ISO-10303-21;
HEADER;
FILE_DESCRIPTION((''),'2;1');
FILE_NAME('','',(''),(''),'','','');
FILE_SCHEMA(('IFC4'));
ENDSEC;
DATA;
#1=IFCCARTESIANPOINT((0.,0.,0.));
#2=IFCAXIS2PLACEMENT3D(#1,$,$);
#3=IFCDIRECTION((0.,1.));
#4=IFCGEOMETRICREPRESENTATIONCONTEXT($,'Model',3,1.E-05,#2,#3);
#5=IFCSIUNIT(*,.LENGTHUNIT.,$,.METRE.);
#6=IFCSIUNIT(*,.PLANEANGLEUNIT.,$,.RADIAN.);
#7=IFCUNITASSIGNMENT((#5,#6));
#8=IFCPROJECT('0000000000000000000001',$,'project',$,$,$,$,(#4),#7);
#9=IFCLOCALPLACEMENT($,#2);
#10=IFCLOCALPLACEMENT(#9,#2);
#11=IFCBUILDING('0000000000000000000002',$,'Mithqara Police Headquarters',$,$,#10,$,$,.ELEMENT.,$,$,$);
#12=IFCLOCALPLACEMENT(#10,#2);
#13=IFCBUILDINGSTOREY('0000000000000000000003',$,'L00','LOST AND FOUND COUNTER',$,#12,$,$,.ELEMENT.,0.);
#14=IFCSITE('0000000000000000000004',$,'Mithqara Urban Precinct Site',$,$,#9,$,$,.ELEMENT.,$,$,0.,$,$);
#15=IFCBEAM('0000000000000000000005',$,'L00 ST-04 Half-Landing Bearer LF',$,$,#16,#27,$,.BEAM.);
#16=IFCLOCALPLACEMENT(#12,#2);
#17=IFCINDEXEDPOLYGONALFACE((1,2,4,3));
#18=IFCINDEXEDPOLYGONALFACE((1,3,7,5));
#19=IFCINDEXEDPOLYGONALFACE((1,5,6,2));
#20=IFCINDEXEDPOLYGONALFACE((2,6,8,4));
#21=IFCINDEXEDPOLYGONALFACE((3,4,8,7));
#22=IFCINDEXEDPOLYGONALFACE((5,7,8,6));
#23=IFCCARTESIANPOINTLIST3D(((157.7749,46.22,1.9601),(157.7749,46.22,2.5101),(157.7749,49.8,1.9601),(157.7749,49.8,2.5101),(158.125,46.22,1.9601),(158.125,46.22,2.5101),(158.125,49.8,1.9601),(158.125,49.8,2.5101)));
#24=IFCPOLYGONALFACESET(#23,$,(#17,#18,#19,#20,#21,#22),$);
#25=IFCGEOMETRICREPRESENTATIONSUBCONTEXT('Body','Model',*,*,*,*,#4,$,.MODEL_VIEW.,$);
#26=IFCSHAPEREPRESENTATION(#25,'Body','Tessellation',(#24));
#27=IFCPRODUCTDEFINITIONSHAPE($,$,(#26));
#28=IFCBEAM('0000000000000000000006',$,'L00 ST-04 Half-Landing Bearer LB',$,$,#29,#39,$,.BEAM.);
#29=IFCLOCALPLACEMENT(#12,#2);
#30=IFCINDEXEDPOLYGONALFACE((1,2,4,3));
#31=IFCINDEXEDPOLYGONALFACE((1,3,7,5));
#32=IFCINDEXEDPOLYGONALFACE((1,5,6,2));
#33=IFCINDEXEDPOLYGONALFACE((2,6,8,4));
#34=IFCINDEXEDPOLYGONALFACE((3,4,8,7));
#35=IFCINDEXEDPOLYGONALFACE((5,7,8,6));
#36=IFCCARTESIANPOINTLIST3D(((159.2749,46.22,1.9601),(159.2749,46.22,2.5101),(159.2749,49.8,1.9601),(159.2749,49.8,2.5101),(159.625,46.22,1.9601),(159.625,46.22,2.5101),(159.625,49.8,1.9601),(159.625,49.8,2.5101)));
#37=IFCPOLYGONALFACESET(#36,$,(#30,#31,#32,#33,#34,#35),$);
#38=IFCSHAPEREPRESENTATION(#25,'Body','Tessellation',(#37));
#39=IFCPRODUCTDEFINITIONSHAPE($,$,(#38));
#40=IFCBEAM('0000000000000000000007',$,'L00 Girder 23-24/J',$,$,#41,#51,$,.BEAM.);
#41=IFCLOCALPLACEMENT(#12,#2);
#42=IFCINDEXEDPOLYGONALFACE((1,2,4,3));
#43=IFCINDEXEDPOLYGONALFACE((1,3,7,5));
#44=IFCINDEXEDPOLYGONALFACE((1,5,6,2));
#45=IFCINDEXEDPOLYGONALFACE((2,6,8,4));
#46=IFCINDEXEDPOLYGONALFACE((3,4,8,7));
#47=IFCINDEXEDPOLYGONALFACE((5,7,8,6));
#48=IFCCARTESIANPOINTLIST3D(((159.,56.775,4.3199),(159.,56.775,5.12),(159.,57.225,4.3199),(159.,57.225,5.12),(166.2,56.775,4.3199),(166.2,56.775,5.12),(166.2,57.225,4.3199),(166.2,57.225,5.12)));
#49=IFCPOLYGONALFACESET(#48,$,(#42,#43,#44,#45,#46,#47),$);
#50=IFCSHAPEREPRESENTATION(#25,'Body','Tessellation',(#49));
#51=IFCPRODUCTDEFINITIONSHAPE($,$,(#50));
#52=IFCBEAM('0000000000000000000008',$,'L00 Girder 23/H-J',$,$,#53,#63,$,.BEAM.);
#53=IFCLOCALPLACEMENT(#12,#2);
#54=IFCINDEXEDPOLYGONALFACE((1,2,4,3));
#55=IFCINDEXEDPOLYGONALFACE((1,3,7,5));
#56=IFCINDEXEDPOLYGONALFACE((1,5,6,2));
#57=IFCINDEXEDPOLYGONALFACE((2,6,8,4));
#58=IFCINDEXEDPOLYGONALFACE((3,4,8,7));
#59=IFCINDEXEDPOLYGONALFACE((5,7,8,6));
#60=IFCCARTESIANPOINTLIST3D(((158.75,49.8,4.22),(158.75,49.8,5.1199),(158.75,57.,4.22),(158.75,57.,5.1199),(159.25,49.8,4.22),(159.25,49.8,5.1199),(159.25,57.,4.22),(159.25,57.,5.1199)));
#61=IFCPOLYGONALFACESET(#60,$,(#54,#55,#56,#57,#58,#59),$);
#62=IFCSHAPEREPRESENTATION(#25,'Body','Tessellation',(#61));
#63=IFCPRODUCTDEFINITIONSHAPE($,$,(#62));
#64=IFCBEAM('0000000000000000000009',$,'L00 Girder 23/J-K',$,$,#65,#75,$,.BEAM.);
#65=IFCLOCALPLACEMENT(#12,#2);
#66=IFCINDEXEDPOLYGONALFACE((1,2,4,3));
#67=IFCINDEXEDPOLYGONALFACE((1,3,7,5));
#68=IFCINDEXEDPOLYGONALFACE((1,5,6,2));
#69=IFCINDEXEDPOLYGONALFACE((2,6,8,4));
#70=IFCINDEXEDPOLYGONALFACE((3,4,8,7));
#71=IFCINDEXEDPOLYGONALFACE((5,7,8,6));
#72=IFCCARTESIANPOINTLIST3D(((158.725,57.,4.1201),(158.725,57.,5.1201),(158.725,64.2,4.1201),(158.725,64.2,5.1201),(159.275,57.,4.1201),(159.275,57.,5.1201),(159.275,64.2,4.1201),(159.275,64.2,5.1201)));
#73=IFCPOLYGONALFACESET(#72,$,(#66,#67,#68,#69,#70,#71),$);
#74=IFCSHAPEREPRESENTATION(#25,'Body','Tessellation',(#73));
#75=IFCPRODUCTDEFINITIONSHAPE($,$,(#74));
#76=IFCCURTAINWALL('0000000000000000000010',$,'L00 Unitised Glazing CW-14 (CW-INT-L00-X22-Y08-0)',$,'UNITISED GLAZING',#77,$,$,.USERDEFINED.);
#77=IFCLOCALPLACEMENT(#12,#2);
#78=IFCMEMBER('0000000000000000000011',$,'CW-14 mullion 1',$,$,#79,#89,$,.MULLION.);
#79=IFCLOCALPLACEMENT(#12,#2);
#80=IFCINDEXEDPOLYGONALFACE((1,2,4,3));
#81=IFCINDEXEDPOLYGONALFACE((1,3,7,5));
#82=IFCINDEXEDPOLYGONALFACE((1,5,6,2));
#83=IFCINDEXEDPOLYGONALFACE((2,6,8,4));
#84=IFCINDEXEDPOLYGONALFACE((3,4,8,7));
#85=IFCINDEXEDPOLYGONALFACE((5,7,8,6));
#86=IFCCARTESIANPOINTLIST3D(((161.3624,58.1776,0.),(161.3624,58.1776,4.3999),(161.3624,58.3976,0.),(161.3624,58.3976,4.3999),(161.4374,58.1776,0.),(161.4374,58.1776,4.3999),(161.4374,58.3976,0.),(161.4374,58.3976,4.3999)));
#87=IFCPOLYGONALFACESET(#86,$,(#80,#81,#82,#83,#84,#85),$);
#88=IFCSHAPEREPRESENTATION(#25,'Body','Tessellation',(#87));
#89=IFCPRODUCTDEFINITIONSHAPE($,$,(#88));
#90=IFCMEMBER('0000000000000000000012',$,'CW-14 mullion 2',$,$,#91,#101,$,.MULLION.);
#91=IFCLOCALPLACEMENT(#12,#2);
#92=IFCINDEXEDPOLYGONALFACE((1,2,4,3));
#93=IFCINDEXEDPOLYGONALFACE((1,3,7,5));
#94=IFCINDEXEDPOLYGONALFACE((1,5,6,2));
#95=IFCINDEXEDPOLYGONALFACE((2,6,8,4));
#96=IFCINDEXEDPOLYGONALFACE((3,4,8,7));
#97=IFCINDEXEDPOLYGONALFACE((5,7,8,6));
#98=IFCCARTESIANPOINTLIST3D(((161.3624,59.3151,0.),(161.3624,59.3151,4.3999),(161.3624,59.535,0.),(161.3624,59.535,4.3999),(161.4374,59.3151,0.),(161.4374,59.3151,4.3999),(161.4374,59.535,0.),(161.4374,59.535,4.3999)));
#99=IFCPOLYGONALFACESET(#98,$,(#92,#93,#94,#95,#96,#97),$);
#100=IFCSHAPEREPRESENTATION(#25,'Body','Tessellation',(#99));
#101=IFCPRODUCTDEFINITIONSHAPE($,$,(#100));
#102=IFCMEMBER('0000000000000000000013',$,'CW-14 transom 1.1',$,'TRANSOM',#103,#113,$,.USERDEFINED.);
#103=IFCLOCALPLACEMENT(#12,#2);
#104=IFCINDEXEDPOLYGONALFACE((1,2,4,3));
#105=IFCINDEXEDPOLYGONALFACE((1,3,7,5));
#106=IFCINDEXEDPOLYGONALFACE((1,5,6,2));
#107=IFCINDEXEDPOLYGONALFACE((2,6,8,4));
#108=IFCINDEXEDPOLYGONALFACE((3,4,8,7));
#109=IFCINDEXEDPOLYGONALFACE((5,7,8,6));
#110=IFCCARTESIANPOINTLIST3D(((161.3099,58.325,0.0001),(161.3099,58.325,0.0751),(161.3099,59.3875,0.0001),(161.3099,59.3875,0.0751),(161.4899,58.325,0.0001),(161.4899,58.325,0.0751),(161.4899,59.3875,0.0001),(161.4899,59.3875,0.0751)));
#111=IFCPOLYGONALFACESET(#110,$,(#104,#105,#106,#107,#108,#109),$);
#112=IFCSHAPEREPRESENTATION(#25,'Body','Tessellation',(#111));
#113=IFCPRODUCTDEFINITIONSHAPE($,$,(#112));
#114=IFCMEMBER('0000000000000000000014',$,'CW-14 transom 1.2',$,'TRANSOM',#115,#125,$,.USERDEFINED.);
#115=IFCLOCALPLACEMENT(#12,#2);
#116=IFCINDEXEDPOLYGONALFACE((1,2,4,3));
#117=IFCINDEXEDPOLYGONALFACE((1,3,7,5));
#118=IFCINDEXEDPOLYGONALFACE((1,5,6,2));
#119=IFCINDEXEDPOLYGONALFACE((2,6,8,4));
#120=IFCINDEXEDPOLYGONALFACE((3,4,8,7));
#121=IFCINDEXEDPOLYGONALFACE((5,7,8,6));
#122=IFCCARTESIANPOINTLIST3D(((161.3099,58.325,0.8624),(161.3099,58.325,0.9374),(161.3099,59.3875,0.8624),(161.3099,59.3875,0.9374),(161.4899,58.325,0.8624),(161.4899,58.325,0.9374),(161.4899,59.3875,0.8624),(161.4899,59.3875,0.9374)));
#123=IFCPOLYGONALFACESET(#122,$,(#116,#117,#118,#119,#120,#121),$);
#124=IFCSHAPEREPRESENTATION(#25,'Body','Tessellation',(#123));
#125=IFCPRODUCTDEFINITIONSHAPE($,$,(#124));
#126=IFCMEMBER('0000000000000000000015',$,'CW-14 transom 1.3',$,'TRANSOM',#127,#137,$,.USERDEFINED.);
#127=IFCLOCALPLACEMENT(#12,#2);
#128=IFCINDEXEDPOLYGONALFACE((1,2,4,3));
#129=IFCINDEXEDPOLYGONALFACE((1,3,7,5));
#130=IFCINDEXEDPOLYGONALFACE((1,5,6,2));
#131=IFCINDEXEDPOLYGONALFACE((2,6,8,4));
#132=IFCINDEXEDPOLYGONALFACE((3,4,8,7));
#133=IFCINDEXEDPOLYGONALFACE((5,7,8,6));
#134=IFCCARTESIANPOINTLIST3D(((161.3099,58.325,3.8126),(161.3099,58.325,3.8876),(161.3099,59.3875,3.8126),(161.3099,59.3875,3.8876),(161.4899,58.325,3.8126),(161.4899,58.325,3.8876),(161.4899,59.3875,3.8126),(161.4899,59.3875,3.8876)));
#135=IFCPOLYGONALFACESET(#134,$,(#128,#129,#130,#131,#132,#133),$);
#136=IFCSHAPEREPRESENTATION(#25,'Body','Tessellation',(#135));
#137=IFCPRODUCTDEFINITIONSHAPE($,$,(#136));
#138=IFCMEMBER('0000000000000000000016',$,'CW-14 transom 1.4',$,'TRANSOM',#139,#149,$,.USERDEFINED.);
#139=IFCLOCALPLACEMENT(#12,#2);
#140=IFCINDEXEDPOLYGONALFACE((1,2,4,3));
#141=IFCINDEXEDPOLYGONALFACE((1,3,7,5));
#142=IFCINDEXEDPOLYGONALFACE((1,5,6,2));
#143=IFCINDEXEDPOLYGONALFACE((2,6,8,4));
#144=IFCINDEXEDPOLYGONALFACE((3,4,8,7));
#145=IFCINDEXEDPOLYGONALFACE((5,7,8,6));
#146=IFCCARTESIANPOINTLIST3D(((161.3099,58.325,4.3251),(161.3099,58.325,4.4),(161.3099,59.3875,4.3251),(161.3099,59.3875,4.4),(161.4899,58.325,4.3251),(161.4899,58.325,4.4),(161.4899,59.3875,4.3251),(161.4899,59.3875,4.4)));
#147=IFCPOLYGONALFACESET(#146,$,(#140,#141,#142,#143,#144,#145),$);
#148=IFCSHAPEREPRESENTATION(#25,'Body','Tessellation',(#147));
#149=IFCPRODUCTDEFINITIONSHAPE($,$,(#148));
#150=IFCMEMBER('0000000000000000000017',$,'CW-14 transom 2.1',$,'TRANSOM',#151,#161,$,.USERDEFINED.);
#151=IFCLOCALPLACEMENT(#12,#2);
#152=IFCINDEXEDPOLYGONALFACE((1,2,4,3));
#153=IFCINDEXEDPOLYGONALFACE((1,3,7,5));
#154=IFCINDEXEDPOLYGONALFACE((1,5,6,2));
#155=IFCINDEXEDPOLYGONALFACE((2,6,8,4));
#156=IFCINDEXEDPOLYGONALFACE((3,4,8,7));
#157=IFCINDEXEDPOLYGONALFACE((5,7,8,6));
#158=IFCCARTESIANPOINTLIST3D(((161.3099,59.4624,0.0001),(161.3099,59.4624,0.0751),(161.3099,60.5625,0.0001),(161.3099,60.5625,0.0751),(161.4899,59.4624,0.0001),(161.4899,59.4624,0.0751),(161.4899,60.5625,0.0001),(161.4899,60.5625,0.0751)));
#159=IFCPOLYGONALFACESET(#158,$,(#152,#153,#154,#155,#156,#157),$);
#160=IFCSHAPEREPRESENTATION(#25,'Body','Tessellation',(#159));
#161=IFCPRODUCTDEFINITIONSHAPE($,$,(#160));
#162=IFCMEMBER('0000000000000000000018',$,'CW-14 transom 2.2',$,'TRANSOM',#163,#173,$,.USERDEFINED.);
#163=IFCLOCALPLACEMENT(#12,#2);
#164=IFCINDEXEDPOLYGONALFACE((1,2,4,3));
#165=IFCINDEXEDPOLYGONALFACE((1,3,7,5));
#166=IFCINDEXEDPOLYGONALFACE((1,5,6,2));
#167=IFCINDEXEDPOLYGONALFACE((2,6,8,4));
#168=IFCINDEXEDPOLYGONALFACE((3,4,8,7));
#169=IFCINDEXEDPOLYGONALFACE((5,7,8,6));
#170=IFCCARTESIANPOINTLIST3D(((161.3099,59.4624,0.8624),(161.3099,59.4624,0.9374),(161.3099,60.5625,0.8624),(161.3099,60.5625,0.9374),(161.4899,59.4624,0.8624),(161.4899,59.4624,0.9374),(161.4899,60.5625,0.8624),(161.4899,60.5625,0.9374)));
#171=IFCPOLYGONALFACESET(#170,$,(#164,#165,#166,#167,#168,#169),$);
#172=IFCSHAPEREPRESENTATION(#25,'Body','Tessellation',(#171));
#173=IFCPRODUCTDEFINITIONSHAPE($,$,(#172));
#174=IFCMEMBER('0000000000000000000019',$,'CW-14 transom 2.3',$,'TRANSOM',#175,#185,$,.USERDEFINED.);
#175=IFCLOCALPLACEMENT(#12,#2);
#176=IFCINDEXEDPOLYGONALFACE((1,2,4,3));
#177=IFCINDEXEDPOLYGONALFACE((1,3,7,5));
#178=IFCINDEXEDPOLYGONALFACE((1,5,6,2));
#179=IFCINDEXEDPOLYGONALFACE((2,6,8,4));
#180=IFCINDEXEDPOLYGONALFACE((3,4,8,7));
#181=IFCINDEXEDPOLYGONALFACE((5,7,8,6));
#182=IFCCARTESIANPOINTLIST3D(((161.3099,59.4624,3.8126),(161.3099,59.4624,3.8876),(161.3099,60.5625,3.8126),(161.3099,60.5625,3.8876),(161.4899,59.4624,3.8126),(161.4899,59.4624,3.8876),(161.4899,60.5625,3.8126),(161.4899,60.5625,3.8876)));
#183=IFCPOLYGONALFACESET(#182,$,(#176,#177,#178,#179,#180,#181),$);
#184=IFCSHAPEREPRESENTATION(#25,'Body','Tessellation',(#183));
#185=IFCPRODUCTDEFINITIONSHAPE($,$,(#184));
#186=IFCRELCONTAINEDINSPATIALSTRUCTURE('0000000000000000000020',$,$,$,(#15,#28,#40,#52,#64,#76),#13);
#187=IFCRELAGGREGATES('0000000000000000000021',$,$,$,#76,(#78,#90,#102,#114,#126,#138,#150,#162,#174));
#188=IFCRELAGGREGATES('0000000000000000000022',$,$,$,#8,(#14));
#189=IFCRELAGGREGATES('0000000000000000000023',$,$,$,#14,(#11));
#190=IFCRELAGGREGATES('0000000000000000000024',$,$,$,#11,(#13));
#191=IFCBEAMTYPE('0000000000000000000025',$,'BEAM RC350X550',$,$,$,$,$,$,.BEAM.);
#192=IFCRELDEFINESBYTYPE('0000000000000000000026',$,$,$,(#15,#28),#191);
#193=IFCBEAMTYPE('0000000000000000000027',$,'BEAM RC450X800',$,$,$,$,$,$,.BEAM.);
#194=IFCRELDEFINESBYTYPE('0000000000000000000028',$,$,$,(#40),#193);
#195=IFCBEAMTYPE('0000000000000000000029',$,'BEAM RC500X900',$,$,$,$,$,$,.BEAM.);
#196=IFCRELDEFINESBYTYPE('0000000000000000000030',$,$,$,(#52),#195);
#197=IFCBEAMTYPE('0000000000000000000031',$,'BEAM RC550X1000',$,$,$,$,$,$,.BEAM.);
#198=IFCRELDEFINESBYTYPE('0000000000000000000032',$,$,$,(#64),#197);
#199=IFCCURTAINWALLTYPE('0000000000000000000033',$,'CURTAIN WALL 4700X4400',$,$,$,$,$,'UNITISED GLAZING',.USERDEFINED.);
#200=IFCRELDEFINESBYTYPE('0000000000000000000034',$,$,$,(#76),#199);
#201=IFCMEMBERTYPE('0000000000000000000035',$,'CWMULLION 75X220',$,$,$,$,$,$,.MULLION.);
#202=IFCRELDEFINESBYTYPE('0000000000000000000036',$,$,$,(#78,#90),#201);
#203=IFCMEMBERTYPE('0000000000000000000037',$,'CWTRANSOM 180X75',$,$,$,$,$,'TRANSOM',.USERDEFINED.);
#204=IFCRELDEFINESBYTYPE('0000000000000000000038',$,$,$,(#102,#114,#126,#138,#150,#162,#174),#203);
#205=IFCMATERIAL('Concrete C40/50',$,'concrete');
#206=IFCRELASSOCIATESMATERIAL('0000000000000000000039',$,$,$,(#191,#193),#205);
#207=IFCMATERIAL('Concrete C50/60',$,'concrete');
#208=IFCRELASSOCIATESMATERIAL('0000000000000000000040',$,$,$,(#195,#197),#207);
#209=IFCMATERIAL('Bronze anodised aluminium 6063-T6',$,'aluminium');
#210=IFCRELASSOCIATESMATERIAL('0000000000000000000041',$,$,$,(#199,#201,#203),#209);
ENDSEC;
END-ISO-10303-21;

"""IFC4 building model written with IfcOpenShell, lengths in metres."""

from ifc_helpers import new_model, si_unit, direction, frame, origin, origin_2d, place, context, subcontext, project, spatial, rectangle, extrude, material, material_profile, profile_set, type_object, element, aggregate, save


model = new_model("IFC4")

# Units and contexts
model_context = context("Model", 3, precision=1e-05, world=origin(), true_north=direction((0.0, 1.0)))
body_context = subcontext(model_context, "Body", "Model", "MODEL_VIEW")
ifc_project = project(units=[si_unit("LENGTHUNIT", "METRE"), si_unit("PLANEANGLEUNIT", "RADIAN")], contexts=[model_context])

# Site, building, storey
site_placement = place(None, origin())
site = spatial("IfcSite", under=ifc_project, at=site_placement, Name="Mithqara Urban Precinct Site", CompositionType="ELEMENT", RefElevation=0.0)
building_placement = place(site_placement, origin())
building = spatial("IfcBuilding", under=site, at=building_placement, Name="Mithqara Police Headquarters", CompositionType="ELEMENT")
storey_placement = place(building_placement, origin())
storey = spatial("IfcBuildingStorey", under=building, at=storey_placement, Name="L00", Description="LOST AND FOUND COUNTER", CompositionType="ELEMENT", Elevation=0.0)

# Shared definitions
ifc_material_1 = material(Name="Concrete C50/60", Category="concrete")

# Beams
ifc_material_2 = material(Name="Concrete C40/50", Category="concrete")
ifc_material_profile_1 = material_profile(ifc_material_2, rectangle(XDim=0.3501, YDim=0.55, at=origin_2d()), Name="RC 350x550")
ifc_profile_set_1 = profile_set([ifc_material_profile_1], Name="Concrete C40/50")
beam_type_1 = type_object("IfcBeamType", Name="BEAM RC350X550", PredefinedType="BEAM", material=ifc_profile_set_1)
for number, where, z_axis, x_axis, name in (
    (1, (157.95, 46.22, 2.2351), (0.0, 1.0, 0.0), (-1.0, 0.0, 0.0), "L00 ST-04 Half-Landing Bearer LF"),
    (2, (159.45, 46.22, 2.2351), (0.0, 1.0, 0.0), (-1.0, 0.0, 0.0), "L00 ST-04 Half-Landing Bearer LB"),
):
    element("IfcBeam", number, at=place(storey_placement, frame(where, z_axis=z_axis, x_axis=x_axis)), inside=storey, type_object=beam_type_1, Name=name, PredefinedType="BEAM", context=body_context, shape_type="SweptSolid", body=[
        extrude(rectangle(XDim=0.3501, YDim=0.55, at=origin_2d()), origin(), (0.0, 0.0, 1.0), 3.5801),
    ])
ifc_material_profile_2 = material_profile(ifc_material_2, rectangle(XDim=0.45, YDim=0.8, at=origin_2d()), Name="RC 450x800")
ifc_profile_set_2 = profile_set([ifc_material_profile_2], Name="Concrete C40/50")
beam_type_2 = type_object("IfcBeamType", Name="BEAM RC450X800", PredefinedType="BEAM", material=ifc_profile_set_2)
beam_1_placement = place(storey_placement, frame((159.0, 57.0, 4.72), z_axis=(1.0, 0.0, 0.0), x_axis=(0.0, 1.0, 0.0)))
element("IfcBeam", 3, at=beam_1_placement, inside=storey, type_object=beam_type_2, Name="L00 Girder 23-24/J", PredefinedType="BEAM", context=body_context, shape_type="SweptSolid", body=[
    extrude(rectangle(XDim=0.45, YDim=0.8, at=origin_2d()), origin(), (0.0, 0.0, 1.0), 7.2),
])
ifc_material_profile_3 = material_profile(ifc_material_1, rectangle(XDim=0.5, YDim=0.8999, at=origin_2d()), Name="RC 500x900")
ifc_profile_set_3 = profile_set([ifc_material_profile_3], Name="Concrete C50/60")
beam_type_3 = type_object("IfcBeamType", Name="BEAM RC500X900", PredefinedType="BEAM", material=ifc_profile_set_3)
beam_2_placement = place(storey_placement, frame((159.0, 49.8, 4.6699), z_axis=(0.0, 1.0, 0.0), x_axis=(-1.0, 0.0, 0.0)))
element("IfcBeam", 4, at=beam_2_placement, inside=storey, type_object=beam_type_3, Name="L00 Girder 23/H-J", PredefinedType="BEAM", context=body_context, shape_type="SweptSolid", body=[
    extrude(rectangle(XDim=0.5, YDim=0.8999, at=origin_2d()), origin(), (0.0, 0.0, 1.0), 7.2),
])
ifc_material_profile_4 = material_profile(ifc_material_1, rectangle(XDim=0.55, YDim=1.0, at=origin_2d()), Name="RC 550x1000")
ifc_profile_set_4 = profile_set([ifc_material_profile_4], Name="Concrete C50/60")
beam_type_4 = type_object("IfcBeamType", Name="BEAM RC550X1000", PredefinedType="BEAM", material=ifc_profile_set_4)
beam_3_placement = place(storey_placement, frame((159.0, 57.0, 4.6201), z_axis=(0.0, 1.0, 0.0), x_axis=(-1.0, 0.0, 0.0)))
element("IfcBeam", 5, at=beam_3_placement, inside=storey, type_object=beam_type_4, Name="L00 Girder 23/J-K", PredefinedType="BEAM", context=body_context, shape_type="SweptSolid", body=[
    extrude(rectangle(XDim=0.55, YDim=1.0, at=origin_2d()), origin(), (0.0, 0.0, 1.0), 7.2),
])

# Curtain wall, members
ifc_material_3 = material(Name="Bronze anodised aluminium 6063-T6", Category="aluminium")
curtain_wall_type = type_object("IfcCurtainWallType", Name="CURTAIN WALL 4700X4400", ElementType="UNITISED GLAZING", PredefinedType="USERDEFINED", material=ifc_material_3)
curtain_wall_1_placement = place(storey_placement, origin())
curtain_wall_1 = element("IfcCurtainWall", 6, at=curtain_wall_1_placement, inside=storey, type_object=curtain_wall_type, Name="L00 Unitised Glazing CW-14 (CW-INT-L00-X22-Y08-0)", ObjectType="UNITISED GLAZING", PredefinedType="USERDEFINED")
ifc_material_profile_5 = material_profile(ifc_material_3, rectangle(XDim=0.075, YDim=0.22, at=origin_2d()), Name="CWM 75x220")
ifc_profile_set_5 = profile_set([ifc_material_profile_5], Name="Bronze anodised aluminium 6063-T6")
member_type_1 = type_object("IfcMemberType", Name="CWMULLION 75X220", PredefinedType="MULLION", material=ifc_profile_set_5)
member_1_placement = place(storey_placement, frame((161.3999, 58.2876, 0.0), z_axis=(0.0, 0.0, 1.0), x_axis=(-1.0, 0.0, 0.0)))
member_1 = element("IfcMember", 7, at=member_1_placement, type_object=member_type_1, Name="CW-14 mullion 1", PredefinedType="MULLION", context=body_context, shape_type="SweptSolid", body=[
    extrude(rectangle(XDim=0.075, YDim=0.22, at=origin_2d()), origin(), (0.0, 0.0, 1.0), 4.3999),
])
member_2_placement = place(storey_placement, frame((161.3999, 59.425, 0.0), z_axis=(0.0, 0.0, 1.0), x_axis=(-1.0, 0.0, 0.0)))
member_2 = element("IfcMember", 8, at=member_2_placement, type_object=member_type_1, Name="CW-14 mullion 2", PredefinedType="MULLION", context=body_context, shape_type="SweptSolid", body=[
    extrude(rectangle(XDim=0.075, YDim=0.22, at=origin_2d()), origin(), (0.0, 0.0, 1.0), 4.3999),
])
ifc_material_profile_6 = material_profile(ifc_material_3, rectangle(XDim=0.1799, YDim=0.075, at=origin_2d()), Name="CWT 180x75")
ifc_profile_set_6 = profile_set([ifc_material_profile_6], Name="Bronze anodised aluminium 6063-T6")
member_type_2 = type_object("IfcMemberType", Name="CWTRANSOM 180X75", ElementType="TRANSOM", PredefinedType="USERDEFINED", material=ifc_profile_set_6)
member_3_placement = place(storey_placement, frame((161.3999, 58.325, 0.0376), z_axis=(0.0, 1.0, 0.0), x_axis=(-1.0, 0.0, 0.0)))
member_3 = element("IfcMember", 9, at=member_3_placement, type_object=member_type_2, Name="CW-14 transom 1.1", ObjectType="TRANSOM", PredefinedType="USERDEFINED", context=body_context, shape_type="SweptSolid", body=[
    extrude(rectangle(XDim=0.1799, YDim=0.075, at=origin_2d()), origin(), (0.0, 0.0, 1.0), 1.0625),
])
member_4_placement = place(storey_placement, frame((161.3999, 58.325, 0.8999), z_axis=(0.0, 1.0, 0.0), x_axis=(-1.0, 0.0, 0.0)))
member_4 = element("IfcMember", 10, at=member_4_placement, type_object=member_type_2, Name="CW-14 transom 1.2", ObjectType="TRANSOM", PredefinedType="USERDEFINED", context=body_context, shape_type="SweptSolid", body=[
    extrude(rectangle(XDim=0.1799, YDim=0.075, at=origin_2d()), origin(), (0.0, 0.0, 1.0), 1.0625),
])
member_5_placement = place(storey_placement, frame((161.3999, 58.325, 3.8501), z_axis=(0.0, 1.0, 0.0), x_axis=(-1.0, 0.0, 0.0)))
member_5 = element("IfcMember", 11, at=member_5_placement, type_object=member_type_2, Name="CW-14 transom 1.3", ObjectType="TRANSOM", PredefinedType="USERDEFINED", context=body_context, shape_type="SweptSolid", body=[
    extrude(rectangle(XDim=0.1799, YDim=0.075, at=origin_2d()), origin(), (0.0, 0.0, 1.0), 1.0625),
])
member_6_placement = place(storey_placement, frame((161.3999, 58.325, 4.3625), z_axis=(0.0, 1.0, 0.0), x_axis=(-1.0, 0.0, 0.0)))
member_6 = element("IfcMember", 12, at=member_6_placement, type_object=member_type_2, Name="CW-14 transom 1.4", ObjectType="TRANSOM", PredefinedType="USERDEFINED", context=body_context, shape_type="SweptSolid", body=[
    extrude(rectangle(XDim=0.1799, YDim=0.075, at=origin_2d()), origin(), (0.0, 0.0, 1.0), 1.0625),
])
member_7_placement = place(storey_placement, frame((161.3999, 59.4624, 0.0376), z_axis=(0.0, 1.0, 0.0), x_axis=(-1.0, 0.0, 0.0)))
member_7 = element("IfcMember", 13, at=member_7_placement, type_object=member_type_2, Name="CW-14 transom 2.1", ObjectType="TRANSOM", PredefinedType="USERDEFINED", context=body_context, shape_type="SweptSolid", body=[
    extrude(rectangle(XDim=0.1799, YDim=0.075, at=origin_2d()), origin(), (0.0, 0.0, 1.0), 1.1001),
])
member_8_placement = place(storey_placement, frame((161.3999, 59.4624, 0.8999), z_axis=(0.0, 1.0, 0.0), x_axis=(-1.0, 0.0, 0.0)))
member_8 = element("IfcMember", 14, at=member_8_placement, type_object=member_type_2, Name="CW-14 transom 2.2", ObjectType="TRANSOM", PredefinedType="USERDEFINED", context=body_context, shape_type="SweptSolid", body=[
    extrude(rectangle(XDim=0.1799, YDim=0.075, at=origin_2d()), origin(), (0.0, 0.0, 1.0), 1.1001),
])
member_9_placement = place(storey_placement, frame((161.3999, 59.4624, 3.8501), z_axis=(0.0, 1.0, 0.0), x_axis=(-1.0, 0.0, 0.0)))
member_9 = element("IfcMember", 15, at=member_9_placement, type_object=member_type_2, Name="CW-14 transom 2.3", ObjectType="TRANSOM", PredefinedType="USERDEFINED", context=body_context, shape_type="SweptSolid", body=[
    extrude(rectangle(XDim=0.1799, YDim=0.075, at=origin_2d()), origin(), (0.0, 0.0, 1.0), 1.1001),
])

aggregate(curtain_wall_1, [member_1, member_2, member_3, member_4, member_5, member_6, member_7, member_8, member_9])

save(model, "model.ifc")
